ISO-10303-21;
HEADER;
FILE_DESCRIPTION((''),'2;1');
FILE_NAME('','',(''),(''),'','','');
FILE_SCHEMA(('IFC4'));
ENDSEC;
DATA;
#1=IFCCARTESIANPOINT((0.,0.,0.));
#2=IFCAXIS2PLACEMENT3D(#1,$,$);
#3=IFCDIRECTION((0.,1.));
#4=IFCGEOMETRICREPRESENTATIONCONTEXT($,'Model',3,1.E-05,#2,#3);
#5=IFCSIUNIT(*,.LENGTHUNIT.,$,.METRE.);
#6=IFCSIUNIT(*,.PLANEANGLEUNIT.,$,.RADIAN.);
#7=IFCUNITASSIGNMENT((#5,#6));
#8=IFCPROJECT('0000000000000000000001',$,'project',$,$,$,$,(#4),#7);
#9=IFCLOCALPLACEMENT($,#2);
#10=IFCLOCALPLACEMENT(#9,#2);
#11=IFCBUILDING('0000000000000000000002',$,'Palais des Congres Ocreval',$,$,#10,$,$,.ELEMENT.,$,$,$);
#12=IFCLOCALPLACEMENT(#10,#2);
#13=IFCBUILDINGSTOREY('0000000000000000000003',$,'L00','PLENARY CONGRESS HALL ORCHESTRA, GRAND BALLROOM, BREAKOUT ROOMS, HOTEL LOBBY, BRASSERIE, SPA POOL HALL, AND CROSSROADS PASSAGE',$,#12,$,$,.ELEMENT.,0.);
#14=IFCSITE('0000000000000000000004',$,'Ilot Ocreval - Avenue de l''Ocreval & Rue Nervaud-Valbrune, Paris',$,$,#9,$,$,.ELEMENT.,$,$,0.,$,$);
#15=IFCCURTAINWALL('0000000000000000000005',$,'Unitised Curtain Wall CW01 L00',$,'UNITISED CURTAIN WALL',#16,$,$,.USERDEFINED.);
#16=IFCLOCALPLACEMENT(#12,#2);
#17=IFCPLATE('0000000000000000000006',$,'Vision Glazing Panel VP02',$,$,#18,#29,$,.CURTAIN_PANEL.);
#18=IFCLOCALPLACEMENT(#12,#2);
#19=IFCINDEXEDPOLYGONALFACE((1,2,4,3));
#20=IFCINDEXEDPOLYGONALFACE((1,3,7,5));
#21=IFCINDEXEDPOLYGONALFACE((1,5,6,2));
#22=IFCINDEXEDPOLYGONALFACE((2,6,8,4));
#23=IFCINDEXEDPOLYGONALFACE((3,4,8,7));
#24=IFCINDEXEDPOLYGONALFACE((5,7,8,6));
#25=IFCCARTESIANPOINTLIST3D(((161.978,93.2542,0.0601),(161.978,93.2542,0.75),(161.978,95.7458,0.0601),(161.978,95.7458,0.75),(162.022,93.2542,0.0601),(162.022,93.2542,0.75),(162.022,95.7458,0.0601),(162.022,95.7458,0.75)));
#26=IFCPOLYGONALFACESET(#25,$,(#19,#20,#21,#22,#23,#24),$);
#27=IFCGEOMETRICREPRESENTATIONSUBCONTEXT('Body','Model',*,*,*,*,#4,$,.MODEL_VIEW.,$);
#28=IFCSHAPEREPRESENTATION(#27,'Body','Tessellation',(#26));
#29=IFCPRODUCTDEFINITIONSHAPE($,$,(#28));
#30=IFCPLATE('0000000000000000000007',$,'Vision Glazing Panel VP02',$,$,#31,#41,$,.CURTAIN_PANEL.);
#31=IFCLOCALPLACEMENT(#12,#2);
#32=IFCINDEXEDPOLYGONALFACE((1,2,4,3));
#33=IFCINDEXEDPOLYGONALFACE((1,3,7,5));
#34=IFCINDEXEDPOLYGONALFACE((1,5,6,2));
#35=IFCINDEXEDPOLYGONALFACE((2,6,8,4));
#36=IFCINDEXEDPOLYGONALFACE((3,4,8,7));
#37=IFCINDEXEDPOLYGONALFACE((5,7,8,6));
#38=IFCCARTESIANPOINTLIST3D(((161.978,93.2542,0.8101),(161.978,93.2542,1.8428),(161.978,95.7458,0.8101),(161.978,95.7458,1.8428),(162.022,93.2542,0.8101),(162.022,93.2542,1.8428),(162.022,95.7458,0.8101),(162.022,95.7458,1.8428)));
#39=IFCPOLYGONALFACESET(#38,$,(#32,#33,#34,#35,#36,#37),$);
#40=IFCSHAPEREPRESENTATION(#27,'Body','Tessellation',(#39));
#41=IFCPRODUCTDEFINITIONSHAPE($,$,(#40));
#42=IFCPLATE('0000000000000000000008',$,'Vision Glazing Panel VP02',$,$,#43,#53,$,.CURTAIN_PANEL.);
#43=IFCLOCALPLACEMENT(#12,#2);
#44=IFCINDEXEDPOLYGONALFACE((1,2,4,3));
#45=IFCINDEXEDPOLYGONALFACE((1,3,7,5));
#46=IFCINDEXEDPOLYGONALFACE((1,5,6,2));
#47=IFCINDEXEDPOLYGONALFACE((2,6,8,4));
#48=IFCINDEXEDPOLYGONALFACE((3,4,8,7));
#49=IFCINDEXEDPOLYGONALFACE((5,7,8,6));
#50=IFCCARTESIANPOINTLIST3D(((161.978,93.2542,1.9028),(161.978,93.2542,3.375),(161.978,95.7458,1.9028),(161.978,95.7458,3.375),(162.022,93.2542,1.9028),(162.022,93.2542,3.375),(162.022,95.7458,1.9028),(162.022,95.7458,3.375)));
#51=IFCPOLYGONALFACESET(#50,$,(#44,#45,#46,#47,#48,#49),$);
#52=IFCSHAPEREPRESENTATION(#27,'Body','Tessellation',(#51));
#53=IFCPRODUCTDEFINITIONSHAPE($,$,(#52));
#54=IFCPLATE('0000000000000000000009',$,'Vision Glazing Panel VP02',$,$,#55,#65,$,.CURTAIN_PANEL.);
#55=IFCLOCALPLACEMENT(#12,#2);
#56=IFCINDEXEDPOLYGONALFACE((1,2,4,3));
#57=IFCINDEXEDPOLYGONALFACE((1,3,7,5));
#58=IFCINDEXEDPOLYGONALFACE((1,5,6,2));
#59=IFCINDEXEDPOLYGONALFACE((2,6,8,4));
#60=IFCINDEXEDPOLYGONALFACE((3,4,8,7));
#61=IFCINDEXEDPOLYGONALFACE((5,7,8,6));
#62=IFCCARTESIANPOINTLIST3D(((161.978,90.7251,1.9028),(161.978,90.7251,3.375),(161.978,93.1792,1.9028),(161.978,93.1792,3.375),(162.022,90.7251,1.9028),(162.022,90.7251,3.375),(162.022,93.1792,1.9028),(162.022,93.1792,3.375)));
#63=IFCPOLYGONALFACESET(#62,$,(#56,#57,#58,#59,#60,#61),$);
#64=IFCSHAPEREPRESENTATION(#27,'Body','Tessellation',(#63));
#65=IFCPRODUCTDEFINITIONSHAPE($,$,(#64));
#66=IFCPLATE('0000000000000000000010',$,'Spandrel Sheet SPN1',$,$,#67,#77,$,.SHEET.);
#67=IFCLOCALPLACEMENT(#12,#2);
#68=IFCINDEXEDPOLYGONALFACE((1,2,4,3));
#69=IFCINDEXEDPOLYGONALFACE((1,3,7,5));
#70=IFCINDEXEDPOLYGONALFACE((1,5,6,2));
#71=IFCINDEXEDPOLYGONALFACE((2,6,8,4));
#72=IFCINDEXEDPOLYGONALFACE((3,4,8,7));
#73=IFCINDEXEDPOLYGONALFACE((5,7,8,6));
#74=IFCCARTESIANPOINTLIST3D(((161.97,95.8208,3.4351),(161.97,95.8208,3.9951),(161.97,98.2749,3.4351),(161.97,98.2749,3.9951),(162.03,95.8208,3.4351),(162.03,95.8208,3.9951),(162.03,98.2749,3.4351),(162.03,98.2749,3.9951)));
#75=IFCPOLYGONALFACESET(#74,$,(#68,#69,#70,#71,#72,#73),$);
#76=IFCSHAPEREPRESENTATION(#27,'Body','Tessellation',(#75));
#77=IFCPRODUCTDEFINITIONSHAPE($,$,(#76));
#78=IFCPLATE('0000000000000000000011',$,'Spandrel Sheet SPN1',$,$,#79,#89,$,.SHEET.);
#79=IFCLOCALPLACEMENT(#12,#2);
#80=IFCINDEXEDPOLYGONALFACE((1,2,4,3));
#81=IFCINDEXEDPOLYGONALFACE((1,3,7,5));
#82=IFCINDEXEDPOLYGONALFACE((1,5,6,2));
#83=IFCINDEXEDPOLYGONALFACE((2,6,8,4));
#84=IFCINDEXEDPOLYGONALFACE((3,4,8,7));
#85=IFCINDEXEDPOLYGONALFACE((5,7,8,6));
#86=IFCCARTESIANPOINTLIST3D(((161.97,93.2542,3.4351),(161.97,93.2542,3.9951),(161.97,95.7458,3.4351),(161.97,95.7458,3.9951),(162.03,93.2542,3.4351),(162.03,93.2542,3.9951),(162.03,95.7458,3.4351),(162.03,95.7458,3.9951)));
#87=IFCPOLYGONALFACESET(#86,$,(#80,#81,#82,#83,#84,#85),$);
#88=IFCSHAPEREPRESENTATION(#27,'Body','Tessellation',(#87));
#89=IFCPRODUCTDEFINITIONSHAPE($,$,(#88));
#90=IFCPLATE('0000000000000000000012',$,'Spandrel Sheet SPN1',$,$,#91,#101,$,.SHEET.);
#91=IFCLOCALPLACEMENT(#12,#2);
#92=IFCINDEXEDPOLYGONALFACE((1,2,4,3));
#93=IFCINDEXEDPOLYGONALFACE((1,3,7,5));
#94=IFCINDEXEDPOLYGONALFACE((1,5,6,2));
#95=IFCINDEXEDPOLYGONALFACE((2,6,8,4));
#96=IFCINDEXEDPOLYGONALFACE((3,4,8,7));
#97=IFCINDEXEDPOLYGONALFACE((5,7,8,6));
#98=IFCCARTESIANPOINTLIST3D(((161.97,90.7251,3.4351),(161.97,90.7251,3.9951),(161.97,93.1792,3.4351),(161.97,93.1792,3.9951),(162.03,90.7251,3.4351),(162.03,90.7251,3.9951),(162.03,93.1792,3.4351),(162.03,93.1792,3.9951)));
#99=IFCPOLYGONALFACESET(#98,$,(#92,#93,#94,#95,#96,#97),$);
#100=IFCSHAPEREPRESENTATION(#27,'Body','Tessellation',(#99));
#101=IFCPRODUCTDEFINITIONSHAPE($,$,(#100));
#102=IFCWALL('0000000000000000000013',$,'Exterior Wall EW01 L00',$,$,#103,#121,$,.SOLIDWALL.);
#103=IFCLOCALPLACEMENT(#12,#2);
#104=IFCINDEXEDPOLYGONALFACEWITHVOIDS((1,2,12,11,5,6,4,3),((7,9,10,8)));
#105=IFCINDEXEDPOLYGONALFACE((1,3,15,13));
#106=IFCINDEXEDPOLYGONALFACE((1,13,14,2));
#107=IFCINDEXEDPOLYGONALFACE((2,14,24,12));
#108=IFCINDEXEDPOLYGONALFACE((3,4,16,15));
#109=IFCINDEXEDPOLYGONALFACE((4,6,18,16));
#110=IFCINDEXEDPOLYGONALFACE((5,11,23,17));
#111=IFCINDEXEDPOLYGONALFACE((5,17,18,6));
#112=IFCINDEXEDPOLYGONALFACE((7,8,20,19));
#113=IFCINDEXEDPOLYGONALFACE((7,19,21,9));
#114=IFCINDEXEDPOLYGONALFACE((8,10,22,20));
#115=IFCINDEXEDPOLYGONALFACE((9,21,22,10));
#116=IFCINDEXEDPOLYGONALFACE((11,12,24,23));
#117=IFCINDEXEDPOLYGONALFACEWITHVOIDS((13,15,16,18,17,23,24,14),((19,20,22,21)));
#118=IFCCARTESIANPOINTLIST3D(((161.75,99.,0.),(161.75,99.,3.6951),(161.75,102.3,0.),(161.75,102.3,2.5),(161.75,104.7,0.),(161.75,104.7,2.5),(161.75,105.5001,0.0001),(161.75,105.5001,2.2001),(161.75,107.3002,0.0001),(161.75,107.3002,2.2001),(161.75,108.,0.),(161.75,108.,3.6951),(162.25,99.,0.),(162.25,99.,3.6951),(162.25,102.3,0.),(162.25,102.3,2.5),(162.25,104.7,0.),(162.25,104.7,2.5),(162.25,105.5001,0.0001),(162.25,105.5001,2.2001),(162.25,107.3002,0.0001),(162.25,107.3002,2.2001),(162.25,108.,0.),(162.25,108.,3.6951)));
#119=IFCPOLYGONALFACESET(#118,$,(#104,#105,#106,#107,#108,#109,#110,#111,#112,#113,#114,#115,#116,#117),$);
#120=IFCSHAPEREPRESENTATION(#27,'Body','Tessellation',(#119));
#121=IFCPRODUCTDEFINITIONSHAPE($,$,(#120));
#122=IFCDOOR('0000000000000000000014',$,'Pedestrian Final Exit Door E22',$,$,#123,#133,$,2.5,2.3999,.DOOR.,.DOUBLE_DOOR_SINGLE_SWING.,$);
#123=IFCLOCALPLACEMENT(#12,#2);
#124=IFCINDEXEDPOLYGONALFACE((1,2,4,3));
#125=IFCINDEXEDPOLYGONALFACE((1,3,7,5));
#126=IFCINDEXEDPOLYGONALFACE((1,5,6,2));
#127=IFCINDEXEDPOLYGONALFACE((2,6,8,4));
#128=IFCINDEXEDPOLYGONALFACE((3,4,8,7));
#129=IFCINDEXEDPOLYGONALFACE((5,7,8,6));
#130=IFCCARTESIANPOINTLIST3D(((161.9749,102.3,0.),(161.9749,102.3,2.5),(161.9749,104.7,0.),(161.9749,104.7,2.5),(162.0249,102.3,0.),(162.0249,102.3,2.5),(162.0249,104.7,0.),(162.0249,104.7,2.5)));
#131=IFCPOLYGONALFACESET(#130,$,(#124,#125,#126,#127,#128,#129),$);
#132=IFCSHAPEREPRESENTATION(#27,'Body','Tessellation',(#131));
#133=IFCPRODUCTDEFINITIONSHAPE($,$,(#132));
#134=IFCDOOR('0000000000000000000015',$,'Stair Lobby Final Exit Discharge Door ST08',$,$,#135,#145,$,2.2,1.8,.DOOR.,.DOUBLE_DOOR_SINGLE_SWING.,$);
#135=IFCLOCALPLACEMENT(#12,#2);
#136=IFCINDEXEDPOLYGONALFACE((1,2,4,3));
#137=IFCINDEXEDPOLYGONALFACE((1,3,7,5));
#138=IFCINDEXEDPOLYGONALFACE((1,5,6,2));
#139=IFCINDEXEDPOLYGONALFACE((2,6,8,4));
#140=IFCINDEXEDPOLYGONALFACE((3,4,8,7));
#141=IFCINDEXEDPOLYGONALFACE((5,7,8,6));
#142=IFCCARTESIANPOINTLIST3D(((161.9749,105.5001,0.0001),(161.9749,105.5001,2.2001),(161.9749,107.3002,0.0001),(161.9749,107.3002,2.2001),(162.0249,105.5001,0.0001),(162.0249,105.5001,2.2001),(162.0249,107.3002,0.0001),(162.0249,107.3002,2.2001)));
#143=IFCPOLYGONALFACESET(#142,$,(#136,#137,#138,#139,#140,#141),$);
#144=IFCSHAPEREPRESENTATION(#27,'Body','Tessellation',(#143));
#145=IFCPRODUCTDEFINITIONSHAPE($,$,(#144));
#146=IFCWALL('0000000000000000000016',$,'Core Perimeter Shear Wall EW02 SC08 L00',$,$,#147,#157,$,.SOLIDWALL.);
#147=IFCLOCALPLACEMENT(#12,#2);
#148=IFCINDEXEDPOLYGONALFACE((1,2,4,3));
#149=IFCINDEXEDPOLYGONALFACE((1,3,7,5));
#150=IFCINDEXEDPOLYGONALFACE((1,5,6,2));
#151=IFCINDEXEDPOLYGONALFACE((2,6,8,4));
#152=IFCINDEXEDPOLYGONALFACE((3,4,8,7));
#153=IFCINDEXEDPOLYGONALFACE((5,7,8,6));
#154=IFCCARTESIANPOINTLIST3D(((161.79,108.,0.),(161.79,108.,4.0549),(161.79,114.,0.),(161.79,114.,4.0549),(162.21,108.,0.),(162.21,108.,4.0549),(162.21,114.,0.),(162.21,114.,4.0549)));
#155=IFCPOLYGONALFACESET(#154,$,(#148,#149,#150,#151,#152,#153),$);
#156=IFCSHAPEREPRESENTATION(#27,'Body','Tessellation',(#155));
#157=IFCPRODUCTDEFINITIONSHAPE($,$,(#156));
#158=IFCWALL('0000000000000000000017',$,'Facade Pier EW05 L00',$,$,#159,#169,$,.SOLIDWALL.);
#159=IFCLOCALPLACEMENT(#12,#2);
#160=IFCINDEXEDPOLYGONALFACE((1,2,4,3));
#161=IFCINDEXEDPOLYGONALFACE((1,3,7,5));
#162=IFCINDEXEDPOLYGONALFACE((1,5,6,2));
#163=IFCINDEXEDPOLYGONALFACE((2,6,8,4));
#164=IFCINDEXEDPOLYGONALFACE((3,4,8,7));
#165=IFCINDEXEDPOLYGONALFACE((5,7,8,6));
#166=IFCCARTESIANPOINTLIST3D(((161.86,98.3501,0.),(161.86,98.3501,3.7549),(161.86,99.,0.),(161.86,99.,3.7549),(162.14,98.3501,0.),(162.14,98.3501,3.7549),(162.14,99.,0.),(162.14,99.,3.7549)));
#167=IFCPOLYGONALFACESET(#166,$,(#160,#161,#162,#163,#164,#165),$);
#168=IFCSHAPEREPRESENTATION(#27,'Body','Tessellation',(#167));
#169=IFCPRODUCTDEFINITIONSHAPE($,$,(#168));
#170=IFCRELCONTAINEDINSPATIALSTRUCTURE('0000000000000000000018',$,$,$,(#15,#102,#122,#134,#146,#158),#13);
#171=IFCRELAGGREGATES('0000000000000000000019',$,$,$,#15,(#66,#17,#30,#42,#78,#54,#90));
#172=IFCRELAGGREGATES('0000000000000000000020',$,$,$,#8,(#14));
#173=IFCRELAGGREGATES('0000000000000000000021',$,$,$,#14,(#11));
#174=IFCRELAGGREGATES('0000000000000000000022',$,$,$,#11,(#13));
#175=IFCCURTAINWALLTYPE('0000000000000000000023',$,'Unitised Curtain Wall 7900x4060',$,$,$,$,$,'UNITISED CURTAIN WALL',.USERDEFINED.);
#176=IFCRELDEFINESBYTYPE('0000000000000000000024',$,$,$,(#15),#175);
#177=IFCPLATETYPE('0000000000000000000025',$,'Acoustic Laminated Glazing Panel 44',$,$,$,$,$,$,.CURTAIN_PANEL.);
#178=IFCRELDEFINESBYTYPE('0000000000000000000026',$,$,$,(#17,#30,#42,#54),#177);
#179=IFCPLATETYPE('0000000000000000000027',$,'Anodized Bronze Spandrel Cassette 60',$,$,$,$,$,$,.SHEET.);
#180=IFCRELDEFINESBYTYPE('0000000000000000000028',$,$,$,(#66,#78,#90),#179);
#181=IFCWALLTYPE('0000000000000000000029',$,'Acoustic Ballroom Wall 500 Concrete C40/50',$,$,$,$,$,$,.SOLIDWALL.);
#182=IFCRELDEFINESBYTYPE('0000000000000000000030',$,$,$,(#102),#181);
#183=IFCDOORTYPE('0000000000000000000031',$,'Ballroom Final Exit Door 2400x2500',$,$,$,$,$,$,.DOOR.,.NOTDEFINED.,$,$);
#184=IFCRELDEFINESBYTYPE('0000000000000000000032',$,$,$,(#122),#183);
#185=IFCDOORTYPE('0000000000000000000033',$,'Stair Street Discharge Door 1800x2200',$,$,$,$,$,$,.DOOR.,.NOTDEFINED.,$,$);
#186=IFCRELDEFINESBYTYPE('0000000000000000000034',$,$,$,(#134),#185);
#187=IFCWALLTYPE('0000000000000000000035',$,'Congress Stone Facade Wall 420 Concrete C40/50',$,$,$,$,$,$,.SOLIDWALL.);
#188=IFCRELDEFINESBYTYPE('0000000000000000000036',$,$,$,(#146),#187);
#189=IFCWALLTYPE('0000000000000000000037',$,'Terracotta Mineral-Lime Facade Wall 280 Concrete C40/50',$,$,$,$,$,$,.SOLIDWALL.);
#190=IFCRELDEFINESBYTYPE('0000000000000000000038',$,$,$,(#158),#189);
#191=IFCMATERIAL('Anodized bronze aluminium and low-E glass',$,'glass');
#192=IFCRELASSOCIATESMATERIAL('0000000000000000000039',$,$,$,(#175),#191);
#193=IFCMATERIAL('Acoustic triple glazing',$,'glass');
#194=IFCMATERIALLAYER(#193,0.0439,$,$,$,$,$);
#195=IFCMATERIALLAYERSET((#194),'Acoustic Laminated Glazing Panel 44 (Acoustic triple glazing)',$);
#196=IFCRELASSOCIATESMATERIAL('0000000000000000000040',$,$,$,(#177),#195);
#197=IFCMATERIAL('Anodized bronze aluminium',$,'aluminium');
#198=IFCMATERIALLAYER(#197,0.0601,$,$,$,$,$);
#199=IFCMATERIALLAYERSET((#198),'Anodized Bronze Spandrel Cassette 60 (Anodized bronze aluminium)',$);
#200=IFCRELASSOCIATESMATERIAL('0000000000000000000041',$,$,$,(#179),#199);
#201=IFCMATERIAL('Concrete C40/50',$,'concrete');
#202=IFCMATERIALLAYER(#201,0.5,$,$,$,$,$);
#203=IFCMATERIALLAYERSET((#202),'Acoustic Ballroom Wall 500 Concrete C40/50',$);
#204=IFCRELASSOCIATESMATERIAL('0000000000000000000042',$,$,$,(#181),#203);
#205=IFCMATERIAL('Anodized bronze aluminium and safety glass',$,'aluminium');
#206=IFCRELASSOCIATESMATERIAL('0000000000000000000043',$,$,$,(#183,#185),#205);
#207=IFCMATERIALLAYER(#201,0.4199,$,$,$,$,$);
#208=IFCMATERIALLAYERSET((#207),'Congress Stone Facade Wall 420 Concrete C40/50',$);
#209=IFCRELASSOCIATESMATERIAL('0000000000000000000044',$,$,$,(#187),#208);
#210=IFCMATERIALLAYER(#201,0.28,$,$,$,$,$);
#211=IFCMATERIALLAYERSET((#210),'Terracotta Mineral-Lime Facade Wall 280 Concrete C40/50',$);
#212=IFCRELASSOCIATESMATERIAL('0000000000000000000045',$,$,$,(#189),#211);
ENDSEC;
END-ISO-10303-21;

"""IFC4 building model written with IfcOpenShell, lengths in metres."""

from ifc_helpers import new_model, si_unit, direction, frame, frame_2d, origin, origin_2d, place, context, subcontext, project, spatial, rectangle, extrude, material, layer, layer_set, type_object, element, fill, aggregate, save


model = new_model("IFC4")

# Units and contexts
model_context = context("Model", 3, precision=1e-05, world=origin(), true_north=direction((0.0, 1.0)))
body_context = subcontext(model_context, "Body", "Model", "MODEL_VIEW")
ifc_project = project(units=[si_unit("LENGTHUNIT", "METRE"), si_unit("PLANEANGLEUNIT", "RADIAN")], contexts=[model_context])

# Site, building, storey
site_placement = place(None, origin())
site = spatial("IfcSite", under=ifc_project, at=site_placement, Name="Ilot Ocreval - Avenue de l'Ocreval & Rue Nervaud-Valbrune, Paris", CompositionType="ELEMENT", RefElevation=0.0)
building_placement = place(site_placement, origin())
building = spatial("IfcBuilding", under=site, at=building_placement, Name="Palais des Congres Ocreval", CompositionType="ELEMENT")
storey_placement = place(building_placement, origin())
storey = spatial("IfcBuildingStorey", under=building, at=storey_placement, Name="L00", Description="PLENARY CONGRESS HALL ORCHESTRA, GRAND BALLROOM, BREAKOUT ROOMS, HOTEL LOBBY, BRASSERIE, SPA POOL HALL, AND CROSSROADS PASSAGE", CompositionType="ELEMENT", Elevation=0.0)

# Curtain wall
ifc_material_1 = material(Name="Anodized bronze aluminium and low-E glass", Category="glass")
curtain_wall_type = type_object("IfcCurtainWallType", Name="Unitised Curtain Wall 7900x4060", ElementType="UNITISED CURTAIN WALL", PredefinedType="USERDEFINED", material=ifc_material_1)
curtain_wall_placement = place(storey_placement, origin())
curtain_wall = element("IfcCurtainWall", 1, at=curtain_wall_placement, inside=storey, type_object=curtain_wall_type, Name="Unitised Curtain Wall CW01 L00", ObjectType="UNITISED CURTAIN WALL", PredefinedType="USERDEFINED")
ifc_material_2 = material(Name="Anodized bronze aluminium", Category="aluminium")

# Plates
ifc_material_3 = material(Name="Acoustic triple glazing", Category="glass")
ifc_layer_1 = layer(ifc_material_3, 0.0439)
ifc_layer_set_1 = layer_set([ifc_layer_1], Name="Acoustic Laminated Glazing Panel 44 (Acoustic triple glazing)")
plate_type_1 = type_object("IfcPlateType", Name="Acoustic Laminated Glazing Panel 44", PredefinedType="CURTAIN_PANEL", material=ifc_layer_set_1)
plate_1_placement = place(storey_placement, frame((162.0, 94.5, 0.0601), z_axis=(0.0, 0.0, 1.0), x_axis=(0.0, -1.0, 0.0)))
plate_1 = element("IfcPlate", 2, at=plate_1_placement, type_object=plate_type_1, Name="Vision Glazing Panel VP02", PredefinedType="CURTAIN_PANEL", context=body_context, shape_type="SweptSolid", body=[
    extrude(rectangle(XDim=2.4917, YDim=0.0439, at=origin_2d()), origin(), (0.0, 0.0, 1.0), 0.6899),
])
plate_2_placement = place(storey_placement, frame((162.0, 94.5, 0.8101), z_axis=(0.0, 0.0, 1.0), x_axis=(0.0, -1.0, 0.0)))
plate_2 = element("IfcPlate", 3, at=plate_2_placement, type_object=plate_type_1, Name="Vision Glazing Panel VP02", PredefinedType="CURTAIN_PANEL", context=body_context, shape_type="SweptSolid", body=[
    extrude(rectangle(XDim=2.4917, YDim=0.0439, at=origin_2d()), origin(), (0.0, 0.0, 1.0), 1.0327),
])
plate_3_placement = place(storey_placement, frame((162.0, 94.5, 1.9028), z_axis=(0.0, 0.0, 1.0), x_axis=(0.0, -1.0, 0.0)))
plate_3 = element("IfcPlate", 4, at=plate_3_placement, type_object=plate_type_1, Name="Vision Glazing Panel VP02", PredefinedType="CURTAIN_PANEL", context=body_context, shape_type="SweptSolid", body=[
    extrude(rectangle(XDim=2.4917, YDim=0.0439, at=origin_2d()), origin(), (0.0, 0.0, 1.0), 1.4722),
])
plate_4_placement = place(storey_placement, frame((162.0, 91.9521, 1.9028), z_axis=(0.0, 0.0, 1.0), x_axis=(0.0, -1.0, 0.0)))
plate_4 = element("IfcPlate", 5, at=plate_4_placement, type_object=plate_type_1, Name="Vision Glazing Panel VP02", PredefinedType="CURTAIN_PANEL", context=body_context, shape_type="SweptSolid", body=[
    extrude(rectangle(XDim=2.4541, YDim=0.0439, at=origin_2d()), origin(), (0.0, 0.0, 1.0), 1.4722),
])
ifc_layer_2 = layer(ifc_material_2, 0.0601)
ifc_layer_set_2 = layer_set([ifc_layer_2], Name="Anodized Bronze Spandrel Cassette 60 (Anodized bronze aluminium)")
plate_type_2 = type_object("IfcPlateType", Name="Anodized Bronze Spandrel Cassette 60", PredefinedType="SHEET", material=ifc_layer_set_2)
plate_5_placement = place(storey_placement, frame((162.0, 97.0479, 3.4351), z_axis=(0.0, 0.0, 1.0), x_axis=(0.0, -1.0, 0.0)))
plate_5 = element("IfcPlate", 6, at=plate_5_placement, type_object=plate_type_2, Name="Spandrel Sheet SPN1", PredefinedType="SHEET", context=body_context, shape_type="SweptSolid", body=[
    extrude(rectangle(XDim=2.4541, YDim=0.0601, at=origin_2d()), origin(), (0.0, 0.0, 1.0), 0.5601),
])
plate_6_placement = place(storey_placement, frame((162.0, 94.5, 3.4351), z_axis=(0.0, 0.0, 1.0), x_axis=(0.0, -1.0, 0.0)))
plate_6 = element("IfcPlate", 7, at=plate_6_placement, type_object=plate_type_2, Name="Spandrel Sheet SPN1", PredefinedType="SHEET", context=body_context, shape_type="SweptSolid", body=[
    extrude(rectangle(XDim=2.4917, YDim=0.0601, at=origin_2d()), origin(), (0.0, 0.0, 1.0), 0.5601),
])
plate_7_placement = place(storey_placement, frame((162.0, 91.9521, 3.4351), z_axis=(0.0, 0.0, 1.0), x_axis=(0.0, -1.0, 0.0)))
plate_7 = element("IfcPlate", 8, at=plate_7_placement, type_object=plate_type_2, Name="Spandrel Sheet SPN1", PredefinedType="SHEET", context=body_context, shape_type="SweptSolid", body=[
    extrude(rectangle(XDim=2.4541, YDim=0.0601, at=origin_2d()), origin(), (0.0, 0.0, 1.0), 0.5601),
])
aggregate(curtain_wall, [plate_5, plate_1, plate_2, plate_3, plate_6, plate_4, plate_7])

# Wall, openings, doors
ifc_material_4 = material(Name="Concrete C40/50", Category="concrete")
ifc_layer_3 = layer(ifc_material_4, 0.5)
ifc_layer_set_3 = layer_set([ifc_layer_3], Name="Acoustic Ballroom Wall 500 Concrete C40/50")
wall_type_1 = type_object("IfcWallType", Name="Acoustic Ballroom Wall 500 Concrete C40/50", PredefinedType="SOLIDWALL", material=ifc_layer_set_3)
wall_1_placement = place(storey_placement, frame((162.0, 108.0, 0.0), z_axis=(0.0, 0.0, 1.0), x_axis=(0.0, -1.0, 0.0)))
wall_1 = element("IfcWall", 9, at=wall_1_placement, inside=storey, type_object=wall_type_1, Name="Exterior Wall EW01 L00", PredefinedType="SOLIDWALL", context=body_context, shape_type="SweptSolid", body=[
    extrude(rectangle(XDim=9.0, YDim=0.5, at=frame_2d((4.5, 0.0))), origin(), (0.0, 0.0, 1.0), 3.6951),
])
opening_1_placement = place(wall_1_placement, frame((0.7, 0.0, 0.0)))
opening_1 = element("IfcOpeningElement", 10, at=opening_1_placement, cuts=wall_1, PredefinedType="OPENING", context=body_context, shape_type="SweptSolid", body=[
    extrude(rectangle(XDim=1.8, YDim=2.2, at=frame_2d((0.8999, 1.1001))), frame((0.0, 0.26, 0.0), z_axis=(0.0, -1.0, 0.0), x_axis=(1.0, 0.0, 0.0)), (0.0, 0.0, 1.0), 0.52),
])
opening_2_placement = place(wall_1_placement, frame((3.3, 0.0, 0.0)))
opening_2 = element("IfcOpeningElement", 11, at=opening_2_placement, cuts=wall_1, PredefinedType="OPENING", context=body_context, shape_type="SweptSolid", body=[
    extrude(rectangle(XDim=2.3999, YDim=2.5, at=frame_2d((1.2, 1.25))), frame((0.0, 0.26, 0.0), z_axis=(0.0, -1.0, 0.0), x_axis=(1.0, 0.0, 0.0)), (0.0, 0.0, 1.0), 0.52),
])
ifc_material_5 = material(Name="Anodized bronze aluminium and safety glass", Category="aluminium")
door_type_1 = type_object("IfcDoorType", Name="Ballroom Final Exit Door 2400x2500", OperationType="NOTDEFINED", PredefinedType="DOOR", material=ifc_material_5)
door_1_placement = place(opening_2_placement, origin())
door_1 = element("IfcDoor", 12, at=door_1_placement, inside=storey, type_object=door_type_1, Name="Pedestrian Final Exit Door E22", OperationType="DOUBLE_DOOR_SINGLE_SWING", OverallHeight=2.5, OverallWidth=2.3999, PredefinedType="DOOR", context=body_context, shape_type="SweptSolid", body=[
    extrude(rectangle(XDim=2.3999, YDim=2.5, at=frame_2d((1.2, 1.25))), frame((0.0, 0.0249, 0.0), z_axis=(0.0, -1.0, 0.0), x_axis=(1.0, 0.0, 0.0)), (0.0, 0.0, 1.0), 0.05),
])
fill(opening_2, door_1)
door_type_2 = type_object("IfcDoorType", Name="Stair Street Discharge Door 1800x2200", OperationType="NOTDEFINED", PredefinedType="DOOR", material=ifc_material_5)
door_2_placement = place(opening_1_placement, origin())
door_2 = element("IfcDoor", 13, at=door_2_placement, inside=storey, type_object=door_type_2, Name="Stair Lobby Final Exit Discharge Door ST08", OperationType="DOUBLE_DOOR_SINGLE_SWING", OverallHeight=2.2, OverallWidth=1.8, PredefinedType="DOOR", context=body_context, shape_type="SweptSolid", body=[
    extrude(rectangle(XDim=1.8, YDim=2.2, at=frame_2d((0.8999, 1.1001))), frame((0.0, 0.0249, 0.0), z_axis=(0.0, -1.0, 0.0), x_axis=(1.0, 0.0, 0.0)), (0.0, 0.0, 1.0), 0.05),
])
fill(opening_1, door_2)

# Walls
ifc_layer_4 = layer(ifc_material_4, 0.4199)
ifc_layer_set_4 = layer_set([ifc_layer_4], Name="Congress Stone Facade Wall 420 Concrete C40/50")
wall_type_2 = type_object("IfcWallType", Name="Congress Stone Facade Wall 420 Concrete C40/50", PredefinedType="SOLIDWALL", material=ifc_layer_set_4)
wall_2_placement = place(storey_placement, frame((162.0, 114.0, 0.0), z_axis=(0.0, 0.0, 1.0), x_axis=(0.0, -1.0, 0.0)))
element("IfcWall", 14, at=wall_2_placement, inside=storey, type_object=wall_type_2, Name="Core Perimeter Shear Wall EW02 SC08 L00", PredefinedType="SOLIDWALL", context=body_context, shape_type="SweptSolid", body=[
    extrude(rectangle(XDim=6.0, YDim=0.4199, at=frame_2d((3.0, 0.0))), origin(), (0.0, 0.0, 1.0), 4.0549),
])
ifc_layer_5 = layer(ifc_material_4, 0.28)
ifc_layer_set_5 = layer_set([ifc_layer_5], Name="Terracotta Mineral-Lime Facade Wall 280 Concrete C40/50")
wall_type_3 = type_object("IfcWallType", Name="Terracotta Mineral-Lime Facade Wall 280 Concrete C40/50", PredefinedType="SOLIDWALL", material=ifc_layer_set_5)
wall_3_placement = place(storey_placement, frame((162.0, 99.0, 0.0), z_axis=(0.0, 0.0, 1.0), x_axis=(0.0, -1.0, 0.0)))
element("IfcWall", 15, at=wall_3_placement, inside=storey, type_object=wall_type_3, Name="Facade Pier EW05 L00", PredefinedType="SOLIDWALL", context=body_context, shape_type="SweptSolid", body=[
    extrude(rectangle(XDim=0.6499, YDim=0.28, at=frame_2d((0.325, 0.0))), origin(), (0.0, 0.0, 1.0), 3.7549),
])

save(model, "model.ifc")
